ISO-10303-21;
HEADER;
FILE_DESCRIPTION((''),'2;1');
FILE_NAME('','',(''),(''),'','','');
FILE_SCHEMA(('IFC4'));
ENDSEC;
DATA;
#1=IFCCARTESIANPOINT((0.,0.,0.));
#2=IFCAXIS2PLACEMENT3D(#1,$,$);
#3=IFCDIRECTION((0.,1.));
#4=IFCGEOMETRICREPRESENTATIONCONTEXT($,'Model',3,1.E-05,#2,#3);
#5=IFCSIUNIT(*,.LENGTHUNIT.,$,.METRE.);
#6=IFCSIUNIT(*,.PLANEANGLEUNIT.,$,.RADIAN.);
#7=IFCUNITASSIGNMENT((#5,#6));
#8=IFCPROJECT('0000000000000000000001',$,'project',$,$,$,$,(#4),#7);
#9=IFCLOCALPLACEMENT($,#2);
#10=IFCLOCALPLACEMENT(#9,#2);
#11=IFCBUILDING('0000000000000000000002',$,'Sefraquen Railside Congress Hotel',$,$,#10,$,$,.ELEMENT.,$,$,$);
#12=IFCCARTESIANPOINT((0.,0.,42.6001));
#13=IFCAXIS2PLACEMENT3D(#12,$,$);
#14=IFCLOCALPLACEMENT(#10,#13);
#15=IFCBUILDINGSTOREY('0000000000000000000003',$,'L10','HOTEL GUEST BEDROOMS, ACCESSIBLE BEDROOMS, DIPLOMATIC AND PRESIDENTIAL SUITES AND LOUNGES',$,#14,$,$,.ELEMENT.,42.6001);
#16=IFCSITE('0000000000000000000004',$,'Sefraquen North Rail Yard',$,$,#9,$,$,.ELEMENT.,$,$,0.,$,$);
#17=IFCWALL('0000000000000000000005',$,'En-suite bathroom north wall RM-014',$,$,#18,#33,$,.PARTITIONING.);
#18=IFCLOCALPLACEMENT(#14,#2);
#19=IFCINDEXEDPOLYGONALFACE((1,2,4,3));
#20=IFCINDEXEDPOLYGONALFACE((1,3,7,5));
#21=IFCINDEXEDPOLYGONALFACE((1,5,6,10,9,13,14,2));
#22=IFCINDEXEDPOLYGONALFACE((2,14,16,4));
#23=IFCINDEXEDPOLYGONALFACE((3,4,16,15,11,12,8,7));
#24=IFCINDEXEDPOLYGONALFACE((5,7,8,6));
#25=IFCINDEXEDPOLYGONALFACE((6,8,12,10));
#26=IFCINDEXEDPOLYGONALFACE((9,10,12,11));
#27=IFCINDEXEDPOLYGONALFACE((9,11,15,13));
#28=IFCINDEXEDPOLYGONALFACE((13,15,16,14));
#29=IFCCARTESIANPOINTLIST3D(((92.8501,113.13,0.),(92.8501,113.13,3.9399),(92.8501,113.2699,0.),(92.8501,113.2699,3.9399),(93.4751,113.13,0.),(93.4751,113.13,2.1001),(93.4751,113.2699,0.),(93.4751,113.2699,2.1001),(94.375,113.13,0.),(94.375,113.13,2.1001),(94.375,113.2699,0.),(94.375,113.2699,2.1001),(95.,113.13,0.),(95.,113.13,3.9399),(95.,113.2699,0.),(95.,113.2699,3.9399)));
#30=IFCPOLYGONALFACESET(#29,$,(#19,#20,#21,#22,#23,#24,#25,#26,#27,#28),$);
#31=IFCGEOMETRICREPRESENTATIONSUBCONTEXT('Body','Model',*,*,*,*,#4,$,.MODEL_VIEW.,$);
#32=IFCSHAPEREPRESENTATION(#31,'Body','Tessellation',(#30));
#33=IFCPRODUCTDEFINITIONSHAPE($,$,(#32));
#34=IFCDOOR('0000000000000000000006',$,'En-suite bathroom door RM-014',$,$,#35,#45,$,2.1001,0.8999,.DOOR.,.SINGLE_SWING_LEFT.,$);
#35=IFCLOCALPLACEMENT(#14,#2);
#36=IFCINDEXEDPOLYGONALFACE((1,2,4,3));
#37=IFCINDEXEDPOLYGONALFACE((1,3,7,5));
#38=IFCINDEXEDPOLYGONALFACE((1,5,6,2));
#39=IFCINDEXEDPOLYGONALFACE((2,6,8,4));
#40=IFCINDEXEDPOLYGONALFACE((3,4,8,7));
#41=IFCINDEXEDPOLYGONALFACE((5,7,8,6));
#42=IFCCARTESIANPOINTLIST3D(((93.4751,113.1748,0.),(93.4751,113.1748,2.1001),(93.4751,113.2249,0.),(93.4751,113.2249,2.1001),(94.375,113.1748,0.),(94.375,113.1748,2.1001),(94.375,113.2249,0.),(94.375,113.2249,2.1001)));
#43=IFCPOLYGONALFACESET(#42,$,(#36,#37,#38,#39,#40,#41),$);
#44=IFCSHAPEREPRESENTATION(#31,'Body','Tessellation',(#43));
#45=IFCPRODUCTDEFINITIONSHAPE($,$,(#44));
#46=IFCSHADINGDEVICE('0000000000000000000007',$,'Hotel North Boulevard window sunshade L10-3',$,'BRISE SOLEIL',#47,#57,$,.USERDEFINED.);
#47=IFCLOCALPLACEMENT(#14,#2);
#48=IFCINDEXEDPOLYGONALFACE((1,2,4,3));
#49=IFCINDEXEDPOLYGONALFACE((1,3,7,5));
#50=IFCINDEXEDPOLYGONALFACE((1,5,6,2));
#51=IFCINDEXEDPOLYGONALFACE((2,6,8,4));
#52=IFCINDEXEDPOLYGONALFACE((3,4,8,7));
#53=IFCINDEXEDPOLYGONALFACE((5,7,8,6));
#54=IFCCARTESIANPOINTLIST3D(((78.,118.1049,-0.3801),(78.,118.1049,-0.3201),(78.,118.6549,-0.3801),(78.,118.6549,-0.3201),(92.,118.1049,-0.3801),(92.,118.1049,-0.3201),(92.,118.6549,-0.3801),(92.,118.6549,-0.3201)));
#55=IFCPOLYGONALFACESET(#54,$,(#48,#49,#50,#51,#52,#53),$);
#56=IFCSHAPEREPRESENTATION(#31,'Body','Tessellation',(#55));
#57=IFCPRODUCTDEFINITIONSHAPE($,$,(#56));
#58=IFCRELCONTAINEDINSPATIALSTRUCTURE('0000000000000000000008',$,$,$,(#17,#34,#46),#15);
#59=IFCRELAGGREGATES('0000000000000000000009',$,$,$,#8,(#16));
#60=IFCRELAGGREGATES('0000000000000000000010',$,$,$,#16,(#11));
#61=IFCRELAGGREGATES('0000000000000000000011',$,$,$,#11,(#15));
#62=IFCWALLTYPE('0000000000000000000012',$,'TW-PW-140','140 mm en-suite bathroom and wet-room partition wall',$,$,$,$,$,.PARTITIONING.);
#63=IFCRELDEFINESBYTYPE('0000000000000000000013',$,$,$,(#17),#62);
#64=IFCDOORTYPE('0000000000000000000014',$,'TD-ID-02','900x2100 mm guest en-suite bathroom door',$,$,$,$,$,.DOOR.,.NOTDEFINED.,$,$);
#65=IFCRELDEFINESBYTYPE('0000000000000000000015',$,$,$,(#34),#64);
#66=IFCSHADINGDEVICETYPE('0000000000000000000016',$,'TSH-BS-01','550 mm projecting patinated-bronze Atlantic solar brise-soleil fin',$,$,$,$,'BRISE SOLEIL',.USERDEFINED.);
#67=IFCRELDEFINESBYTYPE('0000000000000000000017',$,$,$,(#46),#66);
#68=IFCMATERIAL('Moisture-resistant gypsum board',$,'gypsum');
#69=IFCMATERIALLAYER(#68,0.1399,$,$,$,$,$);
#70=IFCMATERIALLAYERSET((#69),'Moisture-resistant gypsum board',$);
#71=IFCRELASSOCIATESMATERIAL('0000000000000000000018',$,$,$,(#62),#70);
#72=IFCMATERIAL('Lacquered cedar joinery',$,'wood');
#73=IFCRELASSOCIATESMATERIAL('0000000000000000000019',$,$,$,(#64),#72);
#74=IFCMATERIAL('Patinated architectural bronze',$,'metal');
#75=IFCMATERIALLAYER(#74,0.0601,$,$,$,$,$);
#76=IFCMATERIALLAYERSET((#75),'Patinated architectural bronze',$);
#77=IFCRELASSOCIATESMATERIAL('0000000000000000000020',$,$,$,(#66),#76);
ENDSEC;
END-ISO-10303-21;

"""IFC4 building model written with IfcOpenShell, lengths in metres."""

from ifc_helpers import new_model, si_unit, direction, frame, frame_2d, origin, origin_2d, place, context, subcontext, project, spatial, rectangle, extrude, material, layer, layer_set, type_object, element, fill, save


model = new_model("IFC4")

# Units and contexts
model_context = context("Model", 3, precision=1e-05, world=origin(), true_north=direction((0.0, 1.0)))
body_context = subcontext(model_context, "Body", "Model", "MODEL_VIEW")
ifc_project = project(units=[si_unit("LENGTHUNIT", "METRE"), si_unit("PLANEANGLEUNIT", "RADIAN")], contexts=[model_context])

# Site, building, storey
site_placement = place(None, origin())
site = spatial("IfcSite", under=ifc_project, at=site_placement, Name="Sefraquen North Rail Yard", CompositionType="ELEMENT", RefElevation=0.0)
building_placement = place(site_placement, origin())
building = spatial("IfcBuilding", under=site, at=building_placement, Name="Sefraquen Railside Congress Hotel", CompositionType="ELEMENT")
storey_placement = place(building_placement, frame((0.0, 0.0, 42.6001)))
storey = spatial("IfcBuildingStorey", under=building, at=storey_placement, Name="L10", Description="HOTEL GUEST BEDROOMS, ACCESSIBLE BEDROOMS, DIPLOMATIC AND PRESIDENTIAL SUITES AND LOUNGES", CompositionType="ELEMENT", Elevation=42.6001)

# Wall, opening, door
ifc_material_1 = material(Name="Moisture-resistant gypsum board", Category="gypsum")
ifc_layer_1 = layer(ifc_material_1, 0.1399)
ifc_layer_set_1 = layer_set([ifc_layer_1], Name="Moisture-resistant gypsum board")
wall_type = type_object("IfcWallType", Name="TW-PW-140", Description="140 mm en-suite bathroom and wet-room partition wall", PredefinedType="PARTITIONING", material=ifc_layer_set_1)
ifc_material_2 = material(Name="Lacquered cedar joinery", Category="wood")
door_type = type_object("IfcDoorType", Name="TD-ID-02", Description="900x2100 mm guest en-suite bathroom door", OperationType="NOTDEFINED", PredefinedType="DOOR", material=ifc_material_2)
wall_1_placement = place(storey_placement, frame((92.8501, 113.2, 0.0), z_axis=(0.0, 0.0, 1.0), x_axis=(1.0, 0.0, 0.0)))
wall_1 = element("IfcWall", 1, at=wall_1_placement, inside=storey, type_object=wall_type, Name="En-suite bathroom north wall RM-014", PredefinedType="PARTITIONING", context=body_context, shape_type="SweptSolid", body=[
    extrude(rectangle(XDim=2.1499, YDim=0.1399, at=frame_2d((1.075, 0.0))), origin(), (0.0, 0.0, 1.0), 3.9399),
])
opening_1_placement = place(wall_1_placement, frame((0.625, 0.0, 0.0)))
opening_1 = element("IfcOpeningElement", 2, at=opening_1_placement, cuts=wall_1, PredefinedType="OPENING", context=body_context, shape_type="SweptSolid", body=[
    extrude(rectangle(XDim=0.8999, YDim=2.1001, at=frame_2d((0.45, 1.05))), frame((0.0, 0.0798, 0.0), z_axis=(0.0, -1.0, 0.0), x_axis=(1.0, 0.0, 0.0)), (0.0, 0.0, 1.0), 0.1599),
])
door_1_placement = place(opening_1_placement, origin())
door_1 = element("IfcDoor", 3, at=door_1_placement, inside=storey, type_object=door_type, Name="En-suite bathroom door RM-014", OperationType="SINGLE_SWING_LEFT", OverallHeight=2.1001, OverallWidth=0.8999, PredefinedType="DOOR", context=body_context, shape_type="SweptSolid", body=[
    extrude(rectangle(XDim=0.8999, YDim=2.1001, at=frame_2d((0.45, 1.05))), frame((0.0, 0.0249, 0.0), z_axis=(0.0, -1.0, 0.0), x_axis=(1.0, 0.0, 0.0)), (0.0, 0.0, 1.0), 0.05),
])
fill(opening_1, door_1)

# Shading device
ifc_material_3 = material(Name="Patinated architectural bronze", Category="metal")
ifc_layer_2 = layer(ifc_material_3, 0.0601)
ifc_layer_set_2 = layer_set([ifc_layer_2], Name="Patinated architectural bronze")
shading_device_type = type_object("IfcShadingDeviceType", Name="TSH-BS-01", Description="550 mm projecting patinated-bronze Atlantic solar brise-soleil fin", ElementType="BRISE SOLEIL", PredefinedType="USERDEFINED", material=ifc_layer_set_2)
shading_device_placement = place(storey_placement, frame((85.0, 118.3799, -0.3801), z_axis=(0.0, 0.0, 1.0), x_axis=(1.0, 0.0, 0.0)))
element("IfcShadingDevice", 4, at=shading_device_placement, inside=storey, type_object=shading_device_type, Name="Hotel North Boulevard window sunshade L10-3", ObjectType="BRISE SOLEIL", PredefinedType="USERDEFINED", context=body_context, shape_type="SweptSolid", body=[
    extrude(rectangle(XDim=14.0, YDim=0.55, at=origin_2d()), origin(), (0.0, 0.0, 1.0), 0.0601),
])

save(model, "model.ifc")
